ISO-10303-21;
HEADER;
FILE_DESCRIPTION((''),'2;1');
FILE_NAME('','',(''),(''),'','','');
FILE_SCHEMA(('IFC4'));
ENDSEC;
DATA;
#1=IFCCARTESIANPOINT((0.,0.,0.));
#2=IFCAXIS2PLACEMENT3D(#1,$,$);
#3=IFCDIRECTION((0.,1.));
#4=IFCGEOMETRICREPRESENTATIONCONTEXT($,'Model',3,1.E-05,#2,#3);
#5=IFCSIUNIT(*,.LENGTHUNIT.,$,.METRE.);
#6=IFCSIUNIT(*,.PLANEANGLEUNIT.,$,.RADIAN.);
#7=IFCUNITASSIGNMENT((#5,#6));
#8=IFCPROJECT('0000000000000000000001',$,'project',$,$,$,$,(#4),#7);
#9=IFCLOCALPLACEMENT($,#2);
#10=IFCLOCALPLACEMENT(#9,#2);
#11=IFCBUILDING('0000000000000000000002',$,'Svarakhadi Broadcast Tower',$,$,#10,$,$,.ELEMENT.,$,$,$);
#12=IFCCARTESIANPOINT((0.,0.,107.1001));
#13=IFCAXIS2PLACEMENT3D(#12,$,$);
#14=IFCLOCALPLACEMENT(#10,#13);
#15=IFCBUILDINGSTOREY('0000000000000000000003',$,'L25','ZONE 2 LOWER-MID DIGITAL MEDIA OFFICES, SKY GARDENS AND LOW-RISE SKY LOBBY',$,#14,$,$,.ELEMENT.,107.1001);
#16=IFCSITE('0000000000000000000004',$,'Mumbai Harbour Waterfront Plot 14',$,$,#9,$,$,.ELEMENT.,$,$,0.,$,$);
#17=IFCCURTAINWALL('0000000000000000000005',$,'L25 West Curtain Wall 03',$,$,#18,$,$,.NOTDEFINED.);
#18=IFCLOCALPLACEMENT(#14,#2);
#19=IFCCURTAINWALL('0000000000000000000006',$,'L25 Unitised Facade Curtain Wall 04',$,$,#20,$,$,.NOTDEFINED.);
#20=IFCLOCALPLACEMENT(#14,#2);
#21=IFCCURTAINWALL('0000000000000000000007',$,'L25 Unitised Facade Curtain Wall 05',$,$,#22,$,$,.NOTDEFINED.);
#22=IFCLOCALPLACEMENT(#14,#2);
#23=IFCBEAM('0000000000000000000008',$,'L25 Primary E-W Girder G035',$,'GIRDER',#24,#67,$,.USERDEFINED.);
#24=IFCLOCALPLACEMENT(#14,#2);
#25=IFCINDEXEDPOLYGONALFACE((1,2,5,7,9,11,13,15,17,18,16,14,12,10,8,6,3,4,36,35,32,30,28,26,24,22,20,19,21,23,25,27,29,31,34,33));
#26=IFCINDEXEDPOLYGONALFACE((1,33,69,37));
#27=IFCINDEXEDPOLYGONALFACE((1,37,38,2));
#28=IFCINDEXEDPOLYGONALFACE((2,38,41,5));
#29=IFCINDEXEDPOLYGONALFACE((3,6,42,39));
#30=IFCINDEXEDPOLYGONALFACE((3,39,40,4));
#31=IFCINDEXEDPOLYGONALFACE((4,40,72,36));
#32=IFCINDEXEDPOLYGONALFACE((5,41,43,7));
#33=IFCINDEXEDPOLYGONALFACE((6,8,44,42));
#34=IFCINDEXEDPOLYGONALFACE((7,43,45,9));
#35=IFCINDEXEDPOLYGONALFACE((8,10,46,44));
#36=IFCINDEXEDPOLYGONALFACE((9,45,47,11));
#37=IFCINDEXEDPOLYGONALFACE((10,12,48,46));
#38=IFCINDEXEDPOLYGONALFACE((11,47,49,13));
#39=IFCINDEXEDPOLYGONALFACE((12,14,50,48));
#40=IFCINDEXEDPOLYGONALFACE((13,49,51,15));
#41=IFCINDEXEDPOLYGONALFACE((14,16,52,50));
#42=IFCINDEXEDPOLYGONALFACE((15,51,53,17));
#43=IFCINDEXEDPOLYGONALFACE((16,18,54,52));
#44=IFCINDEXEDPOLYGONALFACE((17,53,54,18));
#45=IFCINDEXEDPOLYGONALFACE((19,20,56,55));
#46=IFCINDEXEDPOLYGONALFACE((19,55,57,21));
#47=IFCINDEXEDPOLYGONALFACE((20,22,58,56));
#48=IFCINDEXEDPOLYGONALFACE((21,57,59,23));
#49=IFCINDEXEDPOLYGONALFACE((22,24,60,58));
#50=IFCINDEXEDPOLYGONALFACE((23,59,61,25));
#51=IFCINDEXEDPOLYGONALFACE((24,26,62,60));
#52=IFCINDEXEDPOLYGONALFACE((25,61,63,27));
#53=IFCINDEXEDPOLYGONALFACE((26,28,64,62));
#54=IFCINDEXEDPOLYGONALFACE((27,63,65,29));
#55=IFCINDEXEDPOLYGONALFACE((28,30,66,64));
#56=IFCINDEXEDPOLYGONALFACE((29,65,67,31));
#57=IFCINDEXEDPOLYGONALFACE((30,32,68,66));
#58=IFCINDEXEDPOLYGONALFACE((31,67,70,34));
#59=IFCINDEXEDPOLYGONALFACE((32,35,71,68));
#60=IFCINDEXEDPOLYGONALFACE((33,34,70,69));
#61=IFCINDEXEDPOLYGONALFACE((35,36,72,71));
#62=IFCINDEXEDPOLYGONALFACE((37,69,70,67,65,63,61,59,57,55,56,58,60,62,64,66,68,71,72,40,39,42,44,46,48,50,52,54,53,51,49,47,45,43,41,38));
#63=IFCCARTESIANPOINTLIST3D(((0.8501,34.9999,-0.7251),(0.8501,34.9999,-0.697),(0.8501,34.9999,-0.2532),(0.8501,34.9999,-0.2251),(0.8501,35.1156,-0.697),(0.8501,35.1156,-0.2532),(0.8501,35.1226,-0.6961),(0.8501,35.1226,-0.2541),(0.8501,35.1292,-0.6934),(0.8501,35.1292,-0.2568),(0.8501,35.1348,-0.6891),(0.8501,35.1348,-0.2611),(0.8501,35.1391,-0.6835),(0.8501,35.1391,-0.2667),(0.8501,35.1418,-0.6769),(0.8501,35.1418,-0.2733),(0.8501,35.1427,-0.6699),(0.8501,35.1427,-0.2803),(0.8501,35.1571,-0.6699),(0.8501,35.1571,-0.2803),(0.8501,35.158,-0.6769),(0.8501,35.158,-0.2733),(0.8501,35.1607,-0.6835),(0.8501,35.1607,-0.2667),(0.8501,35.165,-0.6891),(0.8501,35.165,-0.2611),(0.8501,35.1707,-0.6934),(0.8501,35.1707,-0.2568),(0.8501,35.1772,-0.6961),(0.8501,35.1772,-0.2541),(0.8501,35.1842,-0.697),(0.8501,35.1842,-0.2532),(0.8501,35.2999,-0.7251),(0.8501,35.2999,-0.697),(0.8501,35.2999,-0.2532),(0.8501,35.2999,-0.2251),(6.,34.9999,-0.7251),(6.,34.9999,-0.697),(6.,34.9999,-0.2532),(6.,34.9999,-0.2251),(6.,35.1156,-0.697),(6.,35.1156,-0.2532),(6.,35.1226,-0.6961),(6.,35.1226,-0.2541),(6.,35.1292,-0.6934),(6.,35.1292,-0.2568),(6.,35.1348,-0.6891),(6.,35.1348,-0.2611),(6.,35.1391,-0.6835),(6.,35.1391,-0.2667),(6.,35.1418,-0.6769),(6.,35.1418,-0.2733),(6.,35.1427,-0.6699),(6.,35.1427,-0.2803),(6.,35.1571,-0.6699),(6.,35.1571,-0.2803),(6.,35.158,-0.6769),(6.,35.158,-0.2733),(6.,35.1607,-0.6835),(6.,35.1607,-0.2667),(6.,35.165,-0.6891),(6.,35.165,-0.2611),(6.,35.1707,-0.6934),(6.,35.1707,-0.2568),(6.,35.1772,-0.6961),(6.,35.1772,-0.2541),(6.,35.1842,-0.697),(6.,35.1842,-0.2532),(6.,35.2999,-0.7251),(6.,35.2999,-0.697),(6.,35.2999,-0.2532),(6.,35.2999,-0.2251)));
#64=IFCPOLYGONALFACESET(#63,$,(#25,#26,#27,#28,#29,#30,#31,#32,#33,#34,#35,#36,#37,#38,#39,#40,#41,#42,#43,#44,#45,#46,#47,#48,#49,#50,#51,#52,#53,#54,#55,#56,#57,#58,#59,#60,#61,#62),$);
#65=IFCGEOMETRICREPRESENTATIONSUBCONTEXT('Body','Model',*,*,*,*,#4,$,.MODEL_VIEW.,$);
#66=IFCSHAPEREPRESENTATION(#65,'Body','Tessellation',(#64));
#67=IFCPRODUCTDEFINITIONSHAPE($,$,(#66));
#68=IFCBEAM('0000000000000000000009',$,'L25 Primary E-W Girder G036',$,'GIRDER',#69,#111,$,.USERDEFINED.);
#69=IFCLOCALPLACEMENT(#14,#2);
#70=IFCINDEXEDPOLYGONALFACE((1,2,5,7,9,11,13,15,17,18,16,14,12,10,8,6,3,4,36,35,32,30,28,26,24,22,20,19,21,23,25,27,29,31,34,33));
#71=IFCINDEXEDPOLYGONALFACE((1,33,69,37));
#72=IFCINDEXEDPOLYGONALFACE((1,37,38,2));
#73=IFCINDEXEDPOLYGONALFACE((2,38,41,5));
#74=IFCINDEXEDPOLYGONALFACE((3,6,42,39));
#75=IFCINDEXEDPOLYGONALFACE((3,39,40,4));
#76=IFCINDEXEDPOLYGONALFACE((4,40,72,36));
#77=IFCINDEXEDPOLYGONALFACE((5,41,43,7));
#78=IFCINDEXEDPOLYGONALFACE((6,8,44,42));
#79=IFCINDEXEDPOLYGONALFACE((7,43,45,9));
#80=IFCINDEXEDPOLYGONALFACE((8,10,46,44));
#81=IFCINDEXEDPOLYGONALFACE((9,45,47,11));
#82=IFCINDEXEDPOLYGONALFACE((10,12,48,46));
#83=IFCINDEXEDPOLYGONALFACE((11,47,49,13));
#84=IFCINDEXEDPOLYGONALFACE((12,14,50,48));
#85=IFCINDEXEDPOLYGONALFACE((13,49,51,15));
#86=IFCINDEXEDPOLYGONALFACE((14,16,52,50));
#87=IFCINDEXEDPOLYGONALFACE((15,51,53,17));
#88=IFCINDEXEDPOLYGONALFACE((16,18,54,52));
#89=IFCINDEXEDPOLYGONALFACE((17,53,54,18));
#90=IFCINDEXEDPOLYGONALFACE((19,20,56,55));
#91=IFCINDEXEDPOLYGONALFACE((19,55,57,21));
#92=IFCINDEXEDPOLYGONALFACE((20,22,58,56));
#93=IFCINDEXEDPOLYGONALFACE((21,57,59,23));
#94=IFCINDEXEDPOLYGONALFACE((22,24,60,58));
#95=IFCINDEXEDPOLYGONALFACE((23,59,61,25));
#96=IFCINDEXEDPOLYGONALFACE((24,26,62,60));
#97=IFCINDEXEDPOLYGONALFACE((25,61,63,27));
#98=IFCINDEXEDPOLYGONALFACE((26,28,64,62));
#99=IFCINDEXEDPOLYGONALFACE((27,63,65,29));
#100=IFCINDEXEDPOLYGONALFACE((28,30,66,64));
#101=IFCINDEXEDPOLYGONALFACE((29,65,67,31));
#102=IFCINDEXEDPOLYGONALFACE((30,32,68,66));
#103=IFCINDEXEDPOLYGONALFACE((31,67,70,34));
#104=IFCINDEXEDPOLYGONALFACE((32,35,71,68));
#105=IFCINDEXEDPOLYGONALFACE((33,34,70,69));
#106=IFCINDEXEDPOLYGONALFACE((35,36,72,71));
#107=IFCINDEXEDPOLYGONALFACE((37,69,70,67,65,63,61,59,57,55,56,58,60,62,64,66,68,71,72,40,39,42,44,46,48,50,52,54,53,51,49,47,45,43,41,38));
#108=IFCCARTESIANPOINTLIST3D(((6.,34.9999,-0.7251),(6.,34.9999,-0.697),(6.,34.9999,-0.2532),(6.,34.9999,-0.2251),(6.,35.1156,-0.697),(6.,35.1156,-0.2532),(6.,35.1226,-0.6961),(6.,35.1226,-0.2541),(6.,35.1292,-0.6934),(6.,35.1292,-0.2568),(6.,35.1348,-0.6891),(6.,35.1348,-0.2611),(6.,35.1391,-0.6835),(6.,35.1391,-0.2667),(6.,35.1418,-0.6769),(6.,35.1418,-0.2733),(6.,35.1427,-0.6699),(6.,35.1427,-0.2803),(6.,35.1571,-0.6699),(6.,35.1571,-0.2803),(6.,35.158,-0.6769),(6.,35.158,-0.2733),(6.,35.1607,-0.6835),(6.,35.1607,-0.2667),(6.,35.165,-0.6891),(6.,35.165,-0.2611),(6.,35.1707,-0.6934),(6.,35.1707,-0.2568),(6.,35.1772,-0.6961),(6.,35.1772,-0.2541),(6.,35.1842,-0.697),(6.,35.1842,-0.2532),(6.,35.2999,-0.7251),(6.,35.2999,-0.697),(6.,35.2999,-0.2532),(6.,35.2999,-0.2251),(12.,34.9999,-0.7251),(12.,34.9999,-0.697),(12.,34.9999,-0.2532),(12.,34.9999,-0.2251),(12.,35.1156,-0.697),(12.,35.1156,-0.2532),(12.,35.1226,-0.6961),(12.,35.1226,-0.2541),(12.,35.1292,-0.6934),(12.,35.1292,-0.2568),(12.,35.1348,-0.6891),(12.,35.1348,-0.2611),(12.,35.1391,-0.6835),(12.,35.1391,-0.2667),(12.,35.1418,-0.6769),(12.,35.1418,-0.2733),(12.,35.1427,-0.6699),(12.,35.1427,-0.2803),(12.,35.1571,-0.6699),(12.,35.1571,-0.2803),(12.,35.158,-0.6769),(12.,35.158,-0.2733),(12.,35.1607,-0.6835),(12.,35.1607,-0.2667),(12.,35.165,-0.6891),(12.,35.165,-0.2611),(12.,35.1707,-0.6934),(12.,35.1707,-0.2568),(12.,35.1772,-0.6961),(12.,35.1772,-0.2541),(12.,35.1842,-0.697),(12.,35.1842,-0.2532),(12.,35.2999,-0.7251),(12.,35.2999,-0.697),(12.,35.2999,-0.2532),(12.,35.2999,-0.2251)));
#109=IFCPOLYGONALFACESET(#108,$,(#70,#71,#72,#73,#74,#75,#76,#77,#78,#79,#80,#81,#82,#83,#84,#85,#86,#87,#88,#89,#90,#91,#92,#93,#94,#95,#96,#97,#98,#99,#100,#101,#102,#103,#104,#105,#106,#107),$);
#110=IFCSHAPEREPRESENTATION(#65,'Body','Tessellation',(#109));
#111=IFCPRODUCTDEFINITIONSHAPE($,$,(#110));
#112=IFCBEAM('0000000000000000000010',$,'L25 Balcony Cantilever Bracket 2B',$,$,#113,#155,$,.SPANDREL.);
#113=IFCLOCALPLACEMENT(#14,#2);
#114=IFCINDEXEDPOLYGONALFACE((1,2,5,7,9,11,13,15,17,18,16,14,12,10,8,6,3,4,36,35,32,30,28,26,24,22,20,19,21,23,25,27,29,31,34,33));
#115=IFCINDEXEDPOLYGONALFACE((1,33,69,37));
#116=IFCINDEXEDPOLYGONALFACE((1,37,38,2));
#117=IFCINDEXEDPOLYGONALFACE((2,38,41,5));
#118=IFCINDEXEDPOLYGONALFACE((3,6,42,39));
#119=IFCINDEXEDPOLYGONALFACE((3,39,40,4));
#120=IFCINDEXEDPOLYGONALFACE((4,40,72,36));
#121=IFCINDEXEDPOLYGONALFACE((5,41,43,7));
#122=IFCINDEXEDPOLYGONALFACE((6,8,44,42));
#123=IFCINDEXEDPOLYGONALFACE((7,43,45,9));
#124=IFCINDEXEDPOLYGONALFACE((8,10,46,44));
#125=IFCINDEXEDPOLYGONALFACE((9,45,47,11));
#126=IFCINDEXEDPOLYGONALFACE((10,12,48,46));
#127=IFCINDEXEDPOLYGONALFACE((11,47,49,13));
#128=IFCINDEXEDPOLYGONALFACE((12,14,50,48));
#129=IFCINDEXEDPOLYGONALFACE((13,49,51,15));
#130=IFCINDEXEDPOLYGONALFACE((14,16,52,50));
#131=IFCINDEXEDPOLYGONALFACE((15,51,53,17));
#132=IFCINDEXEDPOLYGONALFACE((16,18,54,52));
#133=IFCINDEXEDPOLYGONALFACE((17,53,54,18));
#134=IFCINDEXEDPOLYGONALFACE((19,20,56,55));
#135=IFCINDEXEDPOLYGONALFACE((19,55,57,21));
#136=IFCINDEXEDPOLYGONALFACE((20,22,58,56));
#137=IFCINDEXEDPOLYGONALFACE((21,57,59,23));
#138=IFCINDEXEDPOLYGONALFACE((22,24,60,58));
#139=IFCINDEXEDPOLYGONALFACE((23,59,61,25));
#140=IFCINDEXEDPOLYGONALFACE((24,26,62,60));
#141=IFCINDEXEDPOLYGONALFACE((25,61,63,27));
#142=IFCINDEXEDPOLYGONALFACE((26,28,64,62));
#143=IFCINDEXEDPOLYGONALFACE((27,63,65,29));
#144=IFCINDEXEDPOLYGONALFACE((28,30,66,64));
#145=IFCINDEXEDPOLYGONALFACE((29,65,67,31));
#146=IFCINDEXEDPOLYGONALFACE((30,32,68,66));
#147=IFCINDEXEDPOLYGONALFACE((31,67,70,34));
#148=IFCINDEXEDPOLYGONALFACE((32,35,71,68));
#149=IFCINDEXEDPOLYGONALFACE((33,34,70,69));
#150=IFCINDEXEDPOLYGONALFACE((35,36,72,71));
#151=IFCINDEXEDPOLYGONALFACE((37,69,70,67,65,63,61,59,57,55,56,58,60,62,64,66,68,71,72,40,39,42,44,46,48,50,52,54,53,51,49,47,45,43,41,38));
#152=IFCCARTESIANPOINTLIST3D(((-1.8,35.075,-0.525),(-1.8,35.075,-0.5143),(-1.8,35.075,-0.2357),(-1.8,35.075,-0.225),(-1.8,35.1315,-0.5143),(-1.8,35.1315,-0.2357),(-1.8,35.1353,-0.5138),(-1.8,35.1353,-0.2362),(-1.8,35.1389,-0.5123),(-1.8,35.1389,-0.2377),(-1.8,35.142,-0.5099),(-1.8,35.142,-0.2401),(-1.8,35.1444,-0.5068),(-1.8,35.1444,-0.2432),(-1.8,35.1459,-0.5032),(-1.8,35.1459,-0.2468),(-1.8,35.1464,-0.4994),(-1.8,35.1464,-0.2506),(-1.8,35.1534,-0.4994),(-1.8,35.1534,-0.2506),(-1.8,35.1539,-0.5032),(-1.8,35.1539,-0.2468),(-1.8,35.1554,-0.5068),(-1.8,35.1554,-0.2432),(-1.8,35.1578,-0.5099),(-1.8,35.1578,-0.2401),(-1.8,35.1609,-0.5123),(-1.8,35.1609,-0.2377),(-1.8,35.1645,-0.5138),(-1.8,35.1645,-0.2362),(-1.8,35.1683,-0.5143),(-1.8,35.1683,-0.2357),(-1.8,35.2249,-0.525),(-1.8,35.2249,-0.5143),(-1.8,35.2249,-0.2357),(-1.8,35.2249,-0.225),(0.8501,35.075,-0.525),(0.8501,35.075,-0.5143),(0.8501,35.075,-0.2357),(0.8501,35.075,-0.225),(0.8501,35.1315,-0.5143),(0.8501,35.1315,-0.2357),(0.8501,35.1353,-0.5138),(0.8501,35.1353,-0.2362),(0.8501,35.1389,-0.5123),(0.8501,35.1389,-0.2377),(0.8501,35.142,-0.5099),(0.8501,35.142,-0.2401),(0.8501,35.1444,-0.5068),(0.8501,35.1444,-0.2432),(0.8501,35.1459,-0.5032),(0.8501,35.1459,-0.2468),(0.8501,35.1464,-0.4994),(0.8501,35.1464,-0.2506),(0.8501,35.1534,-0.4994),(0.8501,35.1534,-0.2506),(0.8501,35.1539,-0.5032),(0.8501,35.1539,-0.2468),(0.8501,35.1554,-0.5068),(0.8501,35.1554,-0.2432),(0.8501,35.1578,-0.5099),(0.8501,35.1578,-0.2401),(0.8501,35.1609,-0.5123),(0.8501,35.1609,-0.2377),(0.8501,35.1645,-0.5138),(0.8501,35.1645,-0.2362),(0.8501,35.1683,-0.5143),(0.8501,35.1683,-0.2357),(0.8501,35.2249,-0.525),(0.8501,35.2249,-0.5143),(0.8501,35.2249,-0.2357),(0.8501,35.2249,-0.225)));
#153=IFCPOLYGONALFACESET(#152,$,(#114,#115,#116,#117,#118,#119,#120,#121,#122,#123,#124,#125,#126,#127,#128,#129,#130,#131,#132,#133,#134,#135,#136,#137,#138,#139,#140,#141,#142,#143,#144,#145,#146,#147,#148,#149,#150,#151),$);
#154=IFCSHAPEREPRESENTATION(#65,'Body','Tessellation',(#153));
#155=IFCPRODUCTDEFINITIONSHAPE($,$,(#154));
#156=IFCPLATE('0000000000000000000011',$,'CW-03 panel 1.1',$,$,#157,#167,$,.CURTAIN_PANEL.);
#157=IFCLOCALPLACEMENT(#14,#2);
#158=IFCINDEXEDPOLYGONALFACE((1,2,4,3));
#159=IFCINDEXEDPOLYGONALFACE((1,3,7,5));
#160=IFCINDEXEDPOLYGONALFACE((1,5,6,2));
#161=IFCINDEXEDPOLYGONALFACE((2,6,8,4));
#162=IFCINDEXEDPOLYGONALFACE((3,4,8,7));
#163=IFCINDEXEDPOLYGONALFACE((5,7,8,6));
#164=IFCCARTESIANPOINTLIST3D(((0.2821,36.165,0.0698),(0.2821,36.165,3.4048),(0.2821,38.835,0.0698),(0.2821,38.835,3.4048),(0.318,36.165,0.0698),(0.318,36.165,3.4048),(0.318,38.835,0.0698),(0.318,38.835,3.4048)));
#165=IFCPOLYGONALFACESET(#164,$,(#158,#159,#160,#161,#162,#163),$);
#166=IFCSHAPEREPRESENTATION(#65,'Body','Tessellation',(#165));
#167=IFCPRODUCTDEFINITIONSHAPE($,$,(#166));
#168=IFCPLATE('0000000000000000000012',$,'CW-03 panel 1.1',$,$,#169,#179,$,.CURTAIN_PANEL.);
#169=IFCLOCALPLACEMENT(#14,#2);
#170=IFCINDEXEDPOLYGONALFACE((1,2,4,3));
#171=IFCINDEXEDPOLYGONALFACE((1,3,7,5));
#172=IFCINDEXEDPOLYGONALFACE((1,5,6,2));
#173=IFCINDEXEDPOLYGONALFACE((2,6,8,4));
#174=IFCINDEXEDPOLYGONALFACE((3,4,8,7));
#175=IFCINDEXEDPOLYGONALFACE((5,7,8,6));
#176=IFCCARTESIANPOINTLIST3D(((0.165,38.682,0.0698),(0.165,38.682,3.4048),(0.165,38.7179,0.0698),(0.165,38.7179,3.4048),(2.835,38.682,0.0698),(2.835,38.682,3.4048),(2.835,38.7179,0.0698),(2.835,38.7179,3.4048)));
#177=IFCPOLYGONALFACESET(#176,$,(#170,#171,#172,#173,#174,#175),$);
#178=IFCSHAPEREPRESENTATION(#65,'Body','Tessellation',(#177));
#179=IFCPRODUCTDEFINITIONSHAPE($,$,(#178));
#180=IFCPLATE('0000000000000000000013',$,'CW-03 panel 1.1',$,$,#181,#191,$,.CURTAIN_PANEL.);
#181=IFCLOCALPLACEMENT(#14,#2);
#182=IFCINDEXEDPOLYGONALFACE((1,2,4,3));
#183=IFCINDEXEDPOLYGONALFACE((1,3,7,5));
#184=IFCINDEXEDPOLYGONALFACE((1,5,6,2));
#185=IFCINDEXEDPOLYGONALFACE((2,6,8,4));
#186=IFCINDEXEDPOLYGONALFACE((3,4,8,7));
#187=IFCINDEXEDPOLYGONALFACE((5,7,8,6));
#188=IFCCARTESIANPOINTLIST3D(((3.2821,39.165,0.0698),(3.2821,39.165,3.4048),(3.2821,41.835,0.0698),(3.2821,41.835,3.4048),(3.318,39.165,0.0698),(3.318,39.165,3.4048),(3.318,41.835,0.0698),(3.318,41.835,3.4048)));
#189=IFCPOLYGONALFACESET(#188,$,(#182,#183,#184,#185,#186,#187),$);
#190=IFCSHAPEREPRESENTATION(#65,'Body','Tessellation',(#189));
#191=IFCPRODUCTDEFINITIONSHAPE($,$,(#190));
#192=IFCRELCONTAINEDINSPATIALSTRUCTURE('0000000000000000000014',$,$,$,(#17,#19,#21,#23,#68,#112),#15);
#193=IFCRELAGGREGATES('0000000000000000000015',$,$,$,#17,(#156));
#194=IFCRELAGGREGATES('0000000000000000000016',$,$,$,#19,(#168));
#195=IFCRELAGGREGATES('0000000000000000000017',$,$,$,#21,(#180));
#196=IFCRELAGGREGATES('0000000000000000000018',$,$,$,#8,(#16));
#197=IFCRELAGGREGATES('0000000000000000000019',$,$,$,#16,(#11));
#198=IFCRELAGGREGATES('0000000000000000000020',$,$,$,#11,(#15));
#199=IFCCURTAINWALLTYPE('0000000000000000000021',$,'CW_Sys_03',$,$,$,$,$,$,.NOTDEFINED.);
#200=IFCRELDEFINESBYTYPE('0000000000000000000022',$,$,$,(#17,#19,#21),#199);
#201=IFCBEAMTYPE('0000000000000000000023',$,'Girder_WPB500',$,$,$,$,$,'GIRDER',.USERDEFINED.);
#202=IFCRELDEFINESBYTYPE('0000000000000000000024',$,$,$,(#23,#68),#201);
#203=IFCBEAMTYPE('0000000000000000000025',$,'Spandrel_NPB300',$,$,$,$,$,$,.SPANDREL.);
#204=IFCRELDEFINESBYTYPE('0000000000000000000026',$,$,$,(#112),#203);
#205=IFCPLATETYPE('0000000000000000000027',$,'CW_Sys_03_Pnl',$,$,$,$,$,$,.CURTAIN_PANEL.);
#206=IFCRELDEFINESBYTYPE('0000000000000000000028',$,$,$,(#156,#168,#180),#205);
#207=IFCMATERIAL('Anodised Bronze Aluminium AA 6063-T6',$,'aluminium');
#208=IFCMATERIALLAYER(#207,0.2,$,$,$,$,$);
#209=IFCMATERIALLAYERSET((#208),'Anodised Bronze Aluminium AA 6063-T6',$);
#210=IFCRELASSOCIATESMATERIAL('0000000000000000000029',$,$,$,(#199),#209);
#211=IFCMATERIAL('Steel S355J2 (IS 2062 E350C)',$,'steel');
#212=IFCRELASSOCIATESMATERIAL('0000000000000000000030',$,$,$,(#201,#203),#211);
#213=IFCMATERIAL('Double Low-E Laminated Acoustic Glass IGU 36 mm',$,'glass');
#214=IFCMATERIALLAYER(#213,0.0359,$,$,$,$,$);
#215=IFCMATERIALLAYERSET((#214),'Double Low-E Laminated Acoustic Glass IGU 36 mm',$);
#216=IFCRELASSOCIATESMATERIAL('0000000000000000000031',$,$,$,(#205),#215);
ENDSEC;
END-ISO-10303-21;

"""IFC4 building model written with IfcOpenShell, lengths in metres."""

from ifc_helpers import new_model, si_unit, direction, frame, origin, origin_2d, place, context, subcontext, project, spatial, rectangle, i_section, extrude, material, layer, layer_set, material_profile, profile_set, type_object, element, aggregate, save


model = new_model("IFC4")

# Units and contexts
model_context = context("Model", 3, precision=1e-05, world=origin(), true_north=direction((0.0, 1.0)))
body_context = subcontext(model_context, "Body", "Model", "MODEL_VIEW")
ifc_project = project(units=[si_unit("LENGTHUNIT", "METRE"), si_unit("PLANEANGLEUNIT", "RADIAN")], contexts=[model_context])

# Site, building, storey
site_placement = place(None, origin())
site = spatial("IfcSite", under=ifc_project, at=site_placement, Name="Mumbai Harbour Waterfront Plot 14", CompositionType="ELEMENT", RefElevation=0.0)
building_placement = place(site_placement, origin())
building = spatial("IfcBuilding", under=site, at=building_placement, Name="Svarakhadi Broadcast Tower", CompositionType="ELEMENT")
storey_placement = place(building_placement, frame((0.0, 0.0, 107.1001)))
storey = spatial("IfcBuildingStorey", under=building, at=storey_placement, Name="L25", Description="ZONE 2 LOWER-MID DIGITAL MEDIA OFFICES, SKY GARDENS AND LOW-RISE SKY LOBBY", CompositionType="ELEMENT", Elevation=107.1001)

# Curtain walls
ifc_material_1 = material(Name="Anodised Bronze Aluminium AA 6063-T6", Category="aluminium")
ifc_layer_1 = layer(ifc_material_1, 0.2)
ifc_layer_set_1 = layer_set([ifc_layer_1], Name="Anodised Bronze Aluminium AA 6063-T6")
curtain_wall_type = type_object("IfcCurtainWallType", Name="CW_Sys_03", PredefinedType="NOTDEFINED", material=ifc_layer_set_1)
curtain_wall_1_placement = place(storey_placement, origin())
curtain_wall_1 = element("IfcCurtainWall", 1, at=curtain_wall_1_placement, inside=storey, type_object=curtain_wall_type, Name="L25 West Curtain Wall 03", PredefinedType="NOTDEFINED")
curtain_wall_2_placement = place(storey_placement, origin())
curtain_wall_2 = element("IfcCurtainWall", 2, at=curtain_wall_2_placement, inside=storey, type_object=curtain_wall_type, Name="L25 Unitised Facade Curtain Wall 04", PredefinedType="NOTDEFINED")
curtain_wall_3_placement = place(storey_placement, origin())
curtain_wall_3 = element("IfcCurtainWall", 3, at=curtain_wall_3_placement, inside=storey, type_object=curtain_wall_type, Name="L25 Unitised Facade Curtain Wall 05", PredefinedType="NOTDEFINED")

# Beams
ifc_material_2 = material(Name="Steel S355J2 (IS 2062 E350C)", Category="steel")
ifc_material_profile_1 = material_profile(ifc_material_2, i_section(OverallWidth=0.3, OverallDepth=0.5, WebThickness=0.0144, FlangeThickness=0.0281, FilletRadius=0.0271, at=origin_2d()), Name="WPB 500x300x187")
ifc_profile_set_1 = profile_set([ifc_material_profile_1], Name="Steel S355J2 (IS 2062 E350C)")
beam_type_1 = type_object("IfcBeamType", Name="Girder_WPB500", ElementType="GIRDER", PredefinedType="USERDEFINED", material=ifc_profile_set_1)
beam_1_placement = place(storey_placement, frame((0.8501, 35.1499, -0.4751), z_axis=(1.0, 0.0, 0.0), x_axis=(0.0, 1.0, 0.0)))
element("IfcBeam", 4, at=beam_1_placement, inside=storey, type_object=beam_type_1, Name="L25 Primary E-W Girder G035", ObjectType="GIRDER", PredefinedType="USERDEFINED", context=body_context, shape_type="SweptSolid", body=[
    extrude(i_section(OverallWidth=0.3, OverallDepth=0.5, WebThickness=0.0144, FlangeThickness=0.0281, FilletRadius=0.0271, at=origin_2d()), origin(), (0.0, 0.0, 1.0), 5.1499),
])
beam_2_placement = place(storey_placement, frame((6.0, 35.1499, -0.4751), z_axis=(1.0, 0.0, 0.0), x_axis=(0.0, 1.0, 0.0)))
element("IfcBeam", 5, at=beam_2_placement, inside=storey, type_object=beam_type_1, Name="L25 Primary E-W Girder G036", ObjectType="GIRDER", PredefinedType="USERDEFINED", context=body_context, shape_type="SweptSolid", body=[
    extrude(i_section(OverallWidth=0.3, OverallDepth=0.5, WebThickness=0.0144, FlangeThickness=0.0281, FilletRadius=0.0271, at=origin_2d()), origin(), (0.0, 0.0, 1.0), 6.0),
])
ifc_material_profile_2 = material_profile(ifc_material_2, i_section(OverallWidth=0.1499, OverallDepth=0.3, WebThickness=0.0071, FlangeThickness=0.0107, FilletRadius=0.0149, at=origin_2d()), Name="NPB 300x150x37")
ifc_profile_set_2 = profile_set([ifc_material_profile_2], Name="Steel S355J2 (IS 2062 E350C)")
beam_type_2 = type_object("IfcBeamType", Name="Spandrel_NPB300", PredefinedType="SPANDREL", material=ifc_profile_set_2)
beam_3_placement = place(storey_placement, frame((0.8501, 35.1499, -0.375), z_axis=(-1.0, 0.0, 0.0), x_axis=(0.0, -1.0, 0.0)))
element("IfcBeam", 6, at=beam_3_placement, inside=storey, type_object=beam_type_2, Name="L25 Balcony Cantilever Bracket 2B", PredefinedType="SPANDREL", context=body_context, shape_type="SweptSolid", body=[
    extrude(i_section(OverallWidth=0.1499, OverallDepth=0.3, WebThickness=0.0071, FlangeThickness=0.0107, FilletRadius=0.0149, at=origin_2d()), origin(), (0.0, 0.0, 1.0), 2.6501),
])

# Plates
ifc_material_3 = material(Name="Double Low-E Laminated Acoustic Glass IGU 36 mm", Category="glass")
ifc_layer_2 = layer(ifc_material_3, 0.0359)
ifc_layer_set_2 = layer_set([ifc_layer_2], Name="Double Low-E Laminated Acoustic Glass IGU 36 mm")
plate_type_1 = type_object("IfcPlateType", Name="CW_Sys_03_Pnl", PredefinedType="CURTAIN_PANEL", material=ifc_layer_set_2)
plate_1_placement = place(storey_placement, frame((0.3, 37.5, 0.0698), z_axis=(0.0, 0.0, 1.0), x_axis=(0.0, 1.0, 0.0)))
plate_1 = element("IfcPlate", 7, at=plate_1_placement, type_object=plate_type_1, Name="CW-03 panel 1.1", PredefinedType="CURTAIN_PANEL", context=body_context, shape_type="SweptSolid", body=[
    extrude(rectangle(XDim=2.6699, YDim=0.0359, at=origin_2d()), origin(), (0.0, 0.0, 1.0), 3.335),
])
aggregate(curtain_wall_1, [plate_1])
plate_2_placement = place(storey_placement, frame((1.5, 38.7, 0.0698), z_axis=(0.0, 0.0, 1.0), x_axis=(1.0, 0.0, 0.0)))
plate_2 = element("IfcPlate", 8, at=plate_2_placement, type_object=plate_type_1, Name="CW-03 panel 1.1", PredefinedType="CURTAIN_PANEL", context=body_context, shape_type="SweptSolid", body=[
    extrude(rectangle(XDim=2.6699, YDim=0.0359, at=origin_2d()), origin(), (0.0, 0.0, 1.0), 3.335),
])
aggregate(curtain_wall_2, [plate_2])
plate_3_placement = place(storey_placement, frame((3.3, 40.5, 0.0698), z_axis=(0.0, 0.0, 1.0), x_axis=(0.0, 1.0, 0.0)))
plate_3 = element("IfcPlate", 9, at=plate_3_placement, type_object=plate_type_1, Name="CW-03 panel 1.1", PredefinedType="CURTAIN_PANEL", context=body_context, shape_type="SweptSolid", body=[
    extrude(rectangle(XDim=2.6699, YDim=0.0359, at=origin_2d()), origin(), (0.0, 0.0, 1.0), 3.335),
])
aggregate(curtain_wall_3, [plate_3])

save(model, "model.ifc")
